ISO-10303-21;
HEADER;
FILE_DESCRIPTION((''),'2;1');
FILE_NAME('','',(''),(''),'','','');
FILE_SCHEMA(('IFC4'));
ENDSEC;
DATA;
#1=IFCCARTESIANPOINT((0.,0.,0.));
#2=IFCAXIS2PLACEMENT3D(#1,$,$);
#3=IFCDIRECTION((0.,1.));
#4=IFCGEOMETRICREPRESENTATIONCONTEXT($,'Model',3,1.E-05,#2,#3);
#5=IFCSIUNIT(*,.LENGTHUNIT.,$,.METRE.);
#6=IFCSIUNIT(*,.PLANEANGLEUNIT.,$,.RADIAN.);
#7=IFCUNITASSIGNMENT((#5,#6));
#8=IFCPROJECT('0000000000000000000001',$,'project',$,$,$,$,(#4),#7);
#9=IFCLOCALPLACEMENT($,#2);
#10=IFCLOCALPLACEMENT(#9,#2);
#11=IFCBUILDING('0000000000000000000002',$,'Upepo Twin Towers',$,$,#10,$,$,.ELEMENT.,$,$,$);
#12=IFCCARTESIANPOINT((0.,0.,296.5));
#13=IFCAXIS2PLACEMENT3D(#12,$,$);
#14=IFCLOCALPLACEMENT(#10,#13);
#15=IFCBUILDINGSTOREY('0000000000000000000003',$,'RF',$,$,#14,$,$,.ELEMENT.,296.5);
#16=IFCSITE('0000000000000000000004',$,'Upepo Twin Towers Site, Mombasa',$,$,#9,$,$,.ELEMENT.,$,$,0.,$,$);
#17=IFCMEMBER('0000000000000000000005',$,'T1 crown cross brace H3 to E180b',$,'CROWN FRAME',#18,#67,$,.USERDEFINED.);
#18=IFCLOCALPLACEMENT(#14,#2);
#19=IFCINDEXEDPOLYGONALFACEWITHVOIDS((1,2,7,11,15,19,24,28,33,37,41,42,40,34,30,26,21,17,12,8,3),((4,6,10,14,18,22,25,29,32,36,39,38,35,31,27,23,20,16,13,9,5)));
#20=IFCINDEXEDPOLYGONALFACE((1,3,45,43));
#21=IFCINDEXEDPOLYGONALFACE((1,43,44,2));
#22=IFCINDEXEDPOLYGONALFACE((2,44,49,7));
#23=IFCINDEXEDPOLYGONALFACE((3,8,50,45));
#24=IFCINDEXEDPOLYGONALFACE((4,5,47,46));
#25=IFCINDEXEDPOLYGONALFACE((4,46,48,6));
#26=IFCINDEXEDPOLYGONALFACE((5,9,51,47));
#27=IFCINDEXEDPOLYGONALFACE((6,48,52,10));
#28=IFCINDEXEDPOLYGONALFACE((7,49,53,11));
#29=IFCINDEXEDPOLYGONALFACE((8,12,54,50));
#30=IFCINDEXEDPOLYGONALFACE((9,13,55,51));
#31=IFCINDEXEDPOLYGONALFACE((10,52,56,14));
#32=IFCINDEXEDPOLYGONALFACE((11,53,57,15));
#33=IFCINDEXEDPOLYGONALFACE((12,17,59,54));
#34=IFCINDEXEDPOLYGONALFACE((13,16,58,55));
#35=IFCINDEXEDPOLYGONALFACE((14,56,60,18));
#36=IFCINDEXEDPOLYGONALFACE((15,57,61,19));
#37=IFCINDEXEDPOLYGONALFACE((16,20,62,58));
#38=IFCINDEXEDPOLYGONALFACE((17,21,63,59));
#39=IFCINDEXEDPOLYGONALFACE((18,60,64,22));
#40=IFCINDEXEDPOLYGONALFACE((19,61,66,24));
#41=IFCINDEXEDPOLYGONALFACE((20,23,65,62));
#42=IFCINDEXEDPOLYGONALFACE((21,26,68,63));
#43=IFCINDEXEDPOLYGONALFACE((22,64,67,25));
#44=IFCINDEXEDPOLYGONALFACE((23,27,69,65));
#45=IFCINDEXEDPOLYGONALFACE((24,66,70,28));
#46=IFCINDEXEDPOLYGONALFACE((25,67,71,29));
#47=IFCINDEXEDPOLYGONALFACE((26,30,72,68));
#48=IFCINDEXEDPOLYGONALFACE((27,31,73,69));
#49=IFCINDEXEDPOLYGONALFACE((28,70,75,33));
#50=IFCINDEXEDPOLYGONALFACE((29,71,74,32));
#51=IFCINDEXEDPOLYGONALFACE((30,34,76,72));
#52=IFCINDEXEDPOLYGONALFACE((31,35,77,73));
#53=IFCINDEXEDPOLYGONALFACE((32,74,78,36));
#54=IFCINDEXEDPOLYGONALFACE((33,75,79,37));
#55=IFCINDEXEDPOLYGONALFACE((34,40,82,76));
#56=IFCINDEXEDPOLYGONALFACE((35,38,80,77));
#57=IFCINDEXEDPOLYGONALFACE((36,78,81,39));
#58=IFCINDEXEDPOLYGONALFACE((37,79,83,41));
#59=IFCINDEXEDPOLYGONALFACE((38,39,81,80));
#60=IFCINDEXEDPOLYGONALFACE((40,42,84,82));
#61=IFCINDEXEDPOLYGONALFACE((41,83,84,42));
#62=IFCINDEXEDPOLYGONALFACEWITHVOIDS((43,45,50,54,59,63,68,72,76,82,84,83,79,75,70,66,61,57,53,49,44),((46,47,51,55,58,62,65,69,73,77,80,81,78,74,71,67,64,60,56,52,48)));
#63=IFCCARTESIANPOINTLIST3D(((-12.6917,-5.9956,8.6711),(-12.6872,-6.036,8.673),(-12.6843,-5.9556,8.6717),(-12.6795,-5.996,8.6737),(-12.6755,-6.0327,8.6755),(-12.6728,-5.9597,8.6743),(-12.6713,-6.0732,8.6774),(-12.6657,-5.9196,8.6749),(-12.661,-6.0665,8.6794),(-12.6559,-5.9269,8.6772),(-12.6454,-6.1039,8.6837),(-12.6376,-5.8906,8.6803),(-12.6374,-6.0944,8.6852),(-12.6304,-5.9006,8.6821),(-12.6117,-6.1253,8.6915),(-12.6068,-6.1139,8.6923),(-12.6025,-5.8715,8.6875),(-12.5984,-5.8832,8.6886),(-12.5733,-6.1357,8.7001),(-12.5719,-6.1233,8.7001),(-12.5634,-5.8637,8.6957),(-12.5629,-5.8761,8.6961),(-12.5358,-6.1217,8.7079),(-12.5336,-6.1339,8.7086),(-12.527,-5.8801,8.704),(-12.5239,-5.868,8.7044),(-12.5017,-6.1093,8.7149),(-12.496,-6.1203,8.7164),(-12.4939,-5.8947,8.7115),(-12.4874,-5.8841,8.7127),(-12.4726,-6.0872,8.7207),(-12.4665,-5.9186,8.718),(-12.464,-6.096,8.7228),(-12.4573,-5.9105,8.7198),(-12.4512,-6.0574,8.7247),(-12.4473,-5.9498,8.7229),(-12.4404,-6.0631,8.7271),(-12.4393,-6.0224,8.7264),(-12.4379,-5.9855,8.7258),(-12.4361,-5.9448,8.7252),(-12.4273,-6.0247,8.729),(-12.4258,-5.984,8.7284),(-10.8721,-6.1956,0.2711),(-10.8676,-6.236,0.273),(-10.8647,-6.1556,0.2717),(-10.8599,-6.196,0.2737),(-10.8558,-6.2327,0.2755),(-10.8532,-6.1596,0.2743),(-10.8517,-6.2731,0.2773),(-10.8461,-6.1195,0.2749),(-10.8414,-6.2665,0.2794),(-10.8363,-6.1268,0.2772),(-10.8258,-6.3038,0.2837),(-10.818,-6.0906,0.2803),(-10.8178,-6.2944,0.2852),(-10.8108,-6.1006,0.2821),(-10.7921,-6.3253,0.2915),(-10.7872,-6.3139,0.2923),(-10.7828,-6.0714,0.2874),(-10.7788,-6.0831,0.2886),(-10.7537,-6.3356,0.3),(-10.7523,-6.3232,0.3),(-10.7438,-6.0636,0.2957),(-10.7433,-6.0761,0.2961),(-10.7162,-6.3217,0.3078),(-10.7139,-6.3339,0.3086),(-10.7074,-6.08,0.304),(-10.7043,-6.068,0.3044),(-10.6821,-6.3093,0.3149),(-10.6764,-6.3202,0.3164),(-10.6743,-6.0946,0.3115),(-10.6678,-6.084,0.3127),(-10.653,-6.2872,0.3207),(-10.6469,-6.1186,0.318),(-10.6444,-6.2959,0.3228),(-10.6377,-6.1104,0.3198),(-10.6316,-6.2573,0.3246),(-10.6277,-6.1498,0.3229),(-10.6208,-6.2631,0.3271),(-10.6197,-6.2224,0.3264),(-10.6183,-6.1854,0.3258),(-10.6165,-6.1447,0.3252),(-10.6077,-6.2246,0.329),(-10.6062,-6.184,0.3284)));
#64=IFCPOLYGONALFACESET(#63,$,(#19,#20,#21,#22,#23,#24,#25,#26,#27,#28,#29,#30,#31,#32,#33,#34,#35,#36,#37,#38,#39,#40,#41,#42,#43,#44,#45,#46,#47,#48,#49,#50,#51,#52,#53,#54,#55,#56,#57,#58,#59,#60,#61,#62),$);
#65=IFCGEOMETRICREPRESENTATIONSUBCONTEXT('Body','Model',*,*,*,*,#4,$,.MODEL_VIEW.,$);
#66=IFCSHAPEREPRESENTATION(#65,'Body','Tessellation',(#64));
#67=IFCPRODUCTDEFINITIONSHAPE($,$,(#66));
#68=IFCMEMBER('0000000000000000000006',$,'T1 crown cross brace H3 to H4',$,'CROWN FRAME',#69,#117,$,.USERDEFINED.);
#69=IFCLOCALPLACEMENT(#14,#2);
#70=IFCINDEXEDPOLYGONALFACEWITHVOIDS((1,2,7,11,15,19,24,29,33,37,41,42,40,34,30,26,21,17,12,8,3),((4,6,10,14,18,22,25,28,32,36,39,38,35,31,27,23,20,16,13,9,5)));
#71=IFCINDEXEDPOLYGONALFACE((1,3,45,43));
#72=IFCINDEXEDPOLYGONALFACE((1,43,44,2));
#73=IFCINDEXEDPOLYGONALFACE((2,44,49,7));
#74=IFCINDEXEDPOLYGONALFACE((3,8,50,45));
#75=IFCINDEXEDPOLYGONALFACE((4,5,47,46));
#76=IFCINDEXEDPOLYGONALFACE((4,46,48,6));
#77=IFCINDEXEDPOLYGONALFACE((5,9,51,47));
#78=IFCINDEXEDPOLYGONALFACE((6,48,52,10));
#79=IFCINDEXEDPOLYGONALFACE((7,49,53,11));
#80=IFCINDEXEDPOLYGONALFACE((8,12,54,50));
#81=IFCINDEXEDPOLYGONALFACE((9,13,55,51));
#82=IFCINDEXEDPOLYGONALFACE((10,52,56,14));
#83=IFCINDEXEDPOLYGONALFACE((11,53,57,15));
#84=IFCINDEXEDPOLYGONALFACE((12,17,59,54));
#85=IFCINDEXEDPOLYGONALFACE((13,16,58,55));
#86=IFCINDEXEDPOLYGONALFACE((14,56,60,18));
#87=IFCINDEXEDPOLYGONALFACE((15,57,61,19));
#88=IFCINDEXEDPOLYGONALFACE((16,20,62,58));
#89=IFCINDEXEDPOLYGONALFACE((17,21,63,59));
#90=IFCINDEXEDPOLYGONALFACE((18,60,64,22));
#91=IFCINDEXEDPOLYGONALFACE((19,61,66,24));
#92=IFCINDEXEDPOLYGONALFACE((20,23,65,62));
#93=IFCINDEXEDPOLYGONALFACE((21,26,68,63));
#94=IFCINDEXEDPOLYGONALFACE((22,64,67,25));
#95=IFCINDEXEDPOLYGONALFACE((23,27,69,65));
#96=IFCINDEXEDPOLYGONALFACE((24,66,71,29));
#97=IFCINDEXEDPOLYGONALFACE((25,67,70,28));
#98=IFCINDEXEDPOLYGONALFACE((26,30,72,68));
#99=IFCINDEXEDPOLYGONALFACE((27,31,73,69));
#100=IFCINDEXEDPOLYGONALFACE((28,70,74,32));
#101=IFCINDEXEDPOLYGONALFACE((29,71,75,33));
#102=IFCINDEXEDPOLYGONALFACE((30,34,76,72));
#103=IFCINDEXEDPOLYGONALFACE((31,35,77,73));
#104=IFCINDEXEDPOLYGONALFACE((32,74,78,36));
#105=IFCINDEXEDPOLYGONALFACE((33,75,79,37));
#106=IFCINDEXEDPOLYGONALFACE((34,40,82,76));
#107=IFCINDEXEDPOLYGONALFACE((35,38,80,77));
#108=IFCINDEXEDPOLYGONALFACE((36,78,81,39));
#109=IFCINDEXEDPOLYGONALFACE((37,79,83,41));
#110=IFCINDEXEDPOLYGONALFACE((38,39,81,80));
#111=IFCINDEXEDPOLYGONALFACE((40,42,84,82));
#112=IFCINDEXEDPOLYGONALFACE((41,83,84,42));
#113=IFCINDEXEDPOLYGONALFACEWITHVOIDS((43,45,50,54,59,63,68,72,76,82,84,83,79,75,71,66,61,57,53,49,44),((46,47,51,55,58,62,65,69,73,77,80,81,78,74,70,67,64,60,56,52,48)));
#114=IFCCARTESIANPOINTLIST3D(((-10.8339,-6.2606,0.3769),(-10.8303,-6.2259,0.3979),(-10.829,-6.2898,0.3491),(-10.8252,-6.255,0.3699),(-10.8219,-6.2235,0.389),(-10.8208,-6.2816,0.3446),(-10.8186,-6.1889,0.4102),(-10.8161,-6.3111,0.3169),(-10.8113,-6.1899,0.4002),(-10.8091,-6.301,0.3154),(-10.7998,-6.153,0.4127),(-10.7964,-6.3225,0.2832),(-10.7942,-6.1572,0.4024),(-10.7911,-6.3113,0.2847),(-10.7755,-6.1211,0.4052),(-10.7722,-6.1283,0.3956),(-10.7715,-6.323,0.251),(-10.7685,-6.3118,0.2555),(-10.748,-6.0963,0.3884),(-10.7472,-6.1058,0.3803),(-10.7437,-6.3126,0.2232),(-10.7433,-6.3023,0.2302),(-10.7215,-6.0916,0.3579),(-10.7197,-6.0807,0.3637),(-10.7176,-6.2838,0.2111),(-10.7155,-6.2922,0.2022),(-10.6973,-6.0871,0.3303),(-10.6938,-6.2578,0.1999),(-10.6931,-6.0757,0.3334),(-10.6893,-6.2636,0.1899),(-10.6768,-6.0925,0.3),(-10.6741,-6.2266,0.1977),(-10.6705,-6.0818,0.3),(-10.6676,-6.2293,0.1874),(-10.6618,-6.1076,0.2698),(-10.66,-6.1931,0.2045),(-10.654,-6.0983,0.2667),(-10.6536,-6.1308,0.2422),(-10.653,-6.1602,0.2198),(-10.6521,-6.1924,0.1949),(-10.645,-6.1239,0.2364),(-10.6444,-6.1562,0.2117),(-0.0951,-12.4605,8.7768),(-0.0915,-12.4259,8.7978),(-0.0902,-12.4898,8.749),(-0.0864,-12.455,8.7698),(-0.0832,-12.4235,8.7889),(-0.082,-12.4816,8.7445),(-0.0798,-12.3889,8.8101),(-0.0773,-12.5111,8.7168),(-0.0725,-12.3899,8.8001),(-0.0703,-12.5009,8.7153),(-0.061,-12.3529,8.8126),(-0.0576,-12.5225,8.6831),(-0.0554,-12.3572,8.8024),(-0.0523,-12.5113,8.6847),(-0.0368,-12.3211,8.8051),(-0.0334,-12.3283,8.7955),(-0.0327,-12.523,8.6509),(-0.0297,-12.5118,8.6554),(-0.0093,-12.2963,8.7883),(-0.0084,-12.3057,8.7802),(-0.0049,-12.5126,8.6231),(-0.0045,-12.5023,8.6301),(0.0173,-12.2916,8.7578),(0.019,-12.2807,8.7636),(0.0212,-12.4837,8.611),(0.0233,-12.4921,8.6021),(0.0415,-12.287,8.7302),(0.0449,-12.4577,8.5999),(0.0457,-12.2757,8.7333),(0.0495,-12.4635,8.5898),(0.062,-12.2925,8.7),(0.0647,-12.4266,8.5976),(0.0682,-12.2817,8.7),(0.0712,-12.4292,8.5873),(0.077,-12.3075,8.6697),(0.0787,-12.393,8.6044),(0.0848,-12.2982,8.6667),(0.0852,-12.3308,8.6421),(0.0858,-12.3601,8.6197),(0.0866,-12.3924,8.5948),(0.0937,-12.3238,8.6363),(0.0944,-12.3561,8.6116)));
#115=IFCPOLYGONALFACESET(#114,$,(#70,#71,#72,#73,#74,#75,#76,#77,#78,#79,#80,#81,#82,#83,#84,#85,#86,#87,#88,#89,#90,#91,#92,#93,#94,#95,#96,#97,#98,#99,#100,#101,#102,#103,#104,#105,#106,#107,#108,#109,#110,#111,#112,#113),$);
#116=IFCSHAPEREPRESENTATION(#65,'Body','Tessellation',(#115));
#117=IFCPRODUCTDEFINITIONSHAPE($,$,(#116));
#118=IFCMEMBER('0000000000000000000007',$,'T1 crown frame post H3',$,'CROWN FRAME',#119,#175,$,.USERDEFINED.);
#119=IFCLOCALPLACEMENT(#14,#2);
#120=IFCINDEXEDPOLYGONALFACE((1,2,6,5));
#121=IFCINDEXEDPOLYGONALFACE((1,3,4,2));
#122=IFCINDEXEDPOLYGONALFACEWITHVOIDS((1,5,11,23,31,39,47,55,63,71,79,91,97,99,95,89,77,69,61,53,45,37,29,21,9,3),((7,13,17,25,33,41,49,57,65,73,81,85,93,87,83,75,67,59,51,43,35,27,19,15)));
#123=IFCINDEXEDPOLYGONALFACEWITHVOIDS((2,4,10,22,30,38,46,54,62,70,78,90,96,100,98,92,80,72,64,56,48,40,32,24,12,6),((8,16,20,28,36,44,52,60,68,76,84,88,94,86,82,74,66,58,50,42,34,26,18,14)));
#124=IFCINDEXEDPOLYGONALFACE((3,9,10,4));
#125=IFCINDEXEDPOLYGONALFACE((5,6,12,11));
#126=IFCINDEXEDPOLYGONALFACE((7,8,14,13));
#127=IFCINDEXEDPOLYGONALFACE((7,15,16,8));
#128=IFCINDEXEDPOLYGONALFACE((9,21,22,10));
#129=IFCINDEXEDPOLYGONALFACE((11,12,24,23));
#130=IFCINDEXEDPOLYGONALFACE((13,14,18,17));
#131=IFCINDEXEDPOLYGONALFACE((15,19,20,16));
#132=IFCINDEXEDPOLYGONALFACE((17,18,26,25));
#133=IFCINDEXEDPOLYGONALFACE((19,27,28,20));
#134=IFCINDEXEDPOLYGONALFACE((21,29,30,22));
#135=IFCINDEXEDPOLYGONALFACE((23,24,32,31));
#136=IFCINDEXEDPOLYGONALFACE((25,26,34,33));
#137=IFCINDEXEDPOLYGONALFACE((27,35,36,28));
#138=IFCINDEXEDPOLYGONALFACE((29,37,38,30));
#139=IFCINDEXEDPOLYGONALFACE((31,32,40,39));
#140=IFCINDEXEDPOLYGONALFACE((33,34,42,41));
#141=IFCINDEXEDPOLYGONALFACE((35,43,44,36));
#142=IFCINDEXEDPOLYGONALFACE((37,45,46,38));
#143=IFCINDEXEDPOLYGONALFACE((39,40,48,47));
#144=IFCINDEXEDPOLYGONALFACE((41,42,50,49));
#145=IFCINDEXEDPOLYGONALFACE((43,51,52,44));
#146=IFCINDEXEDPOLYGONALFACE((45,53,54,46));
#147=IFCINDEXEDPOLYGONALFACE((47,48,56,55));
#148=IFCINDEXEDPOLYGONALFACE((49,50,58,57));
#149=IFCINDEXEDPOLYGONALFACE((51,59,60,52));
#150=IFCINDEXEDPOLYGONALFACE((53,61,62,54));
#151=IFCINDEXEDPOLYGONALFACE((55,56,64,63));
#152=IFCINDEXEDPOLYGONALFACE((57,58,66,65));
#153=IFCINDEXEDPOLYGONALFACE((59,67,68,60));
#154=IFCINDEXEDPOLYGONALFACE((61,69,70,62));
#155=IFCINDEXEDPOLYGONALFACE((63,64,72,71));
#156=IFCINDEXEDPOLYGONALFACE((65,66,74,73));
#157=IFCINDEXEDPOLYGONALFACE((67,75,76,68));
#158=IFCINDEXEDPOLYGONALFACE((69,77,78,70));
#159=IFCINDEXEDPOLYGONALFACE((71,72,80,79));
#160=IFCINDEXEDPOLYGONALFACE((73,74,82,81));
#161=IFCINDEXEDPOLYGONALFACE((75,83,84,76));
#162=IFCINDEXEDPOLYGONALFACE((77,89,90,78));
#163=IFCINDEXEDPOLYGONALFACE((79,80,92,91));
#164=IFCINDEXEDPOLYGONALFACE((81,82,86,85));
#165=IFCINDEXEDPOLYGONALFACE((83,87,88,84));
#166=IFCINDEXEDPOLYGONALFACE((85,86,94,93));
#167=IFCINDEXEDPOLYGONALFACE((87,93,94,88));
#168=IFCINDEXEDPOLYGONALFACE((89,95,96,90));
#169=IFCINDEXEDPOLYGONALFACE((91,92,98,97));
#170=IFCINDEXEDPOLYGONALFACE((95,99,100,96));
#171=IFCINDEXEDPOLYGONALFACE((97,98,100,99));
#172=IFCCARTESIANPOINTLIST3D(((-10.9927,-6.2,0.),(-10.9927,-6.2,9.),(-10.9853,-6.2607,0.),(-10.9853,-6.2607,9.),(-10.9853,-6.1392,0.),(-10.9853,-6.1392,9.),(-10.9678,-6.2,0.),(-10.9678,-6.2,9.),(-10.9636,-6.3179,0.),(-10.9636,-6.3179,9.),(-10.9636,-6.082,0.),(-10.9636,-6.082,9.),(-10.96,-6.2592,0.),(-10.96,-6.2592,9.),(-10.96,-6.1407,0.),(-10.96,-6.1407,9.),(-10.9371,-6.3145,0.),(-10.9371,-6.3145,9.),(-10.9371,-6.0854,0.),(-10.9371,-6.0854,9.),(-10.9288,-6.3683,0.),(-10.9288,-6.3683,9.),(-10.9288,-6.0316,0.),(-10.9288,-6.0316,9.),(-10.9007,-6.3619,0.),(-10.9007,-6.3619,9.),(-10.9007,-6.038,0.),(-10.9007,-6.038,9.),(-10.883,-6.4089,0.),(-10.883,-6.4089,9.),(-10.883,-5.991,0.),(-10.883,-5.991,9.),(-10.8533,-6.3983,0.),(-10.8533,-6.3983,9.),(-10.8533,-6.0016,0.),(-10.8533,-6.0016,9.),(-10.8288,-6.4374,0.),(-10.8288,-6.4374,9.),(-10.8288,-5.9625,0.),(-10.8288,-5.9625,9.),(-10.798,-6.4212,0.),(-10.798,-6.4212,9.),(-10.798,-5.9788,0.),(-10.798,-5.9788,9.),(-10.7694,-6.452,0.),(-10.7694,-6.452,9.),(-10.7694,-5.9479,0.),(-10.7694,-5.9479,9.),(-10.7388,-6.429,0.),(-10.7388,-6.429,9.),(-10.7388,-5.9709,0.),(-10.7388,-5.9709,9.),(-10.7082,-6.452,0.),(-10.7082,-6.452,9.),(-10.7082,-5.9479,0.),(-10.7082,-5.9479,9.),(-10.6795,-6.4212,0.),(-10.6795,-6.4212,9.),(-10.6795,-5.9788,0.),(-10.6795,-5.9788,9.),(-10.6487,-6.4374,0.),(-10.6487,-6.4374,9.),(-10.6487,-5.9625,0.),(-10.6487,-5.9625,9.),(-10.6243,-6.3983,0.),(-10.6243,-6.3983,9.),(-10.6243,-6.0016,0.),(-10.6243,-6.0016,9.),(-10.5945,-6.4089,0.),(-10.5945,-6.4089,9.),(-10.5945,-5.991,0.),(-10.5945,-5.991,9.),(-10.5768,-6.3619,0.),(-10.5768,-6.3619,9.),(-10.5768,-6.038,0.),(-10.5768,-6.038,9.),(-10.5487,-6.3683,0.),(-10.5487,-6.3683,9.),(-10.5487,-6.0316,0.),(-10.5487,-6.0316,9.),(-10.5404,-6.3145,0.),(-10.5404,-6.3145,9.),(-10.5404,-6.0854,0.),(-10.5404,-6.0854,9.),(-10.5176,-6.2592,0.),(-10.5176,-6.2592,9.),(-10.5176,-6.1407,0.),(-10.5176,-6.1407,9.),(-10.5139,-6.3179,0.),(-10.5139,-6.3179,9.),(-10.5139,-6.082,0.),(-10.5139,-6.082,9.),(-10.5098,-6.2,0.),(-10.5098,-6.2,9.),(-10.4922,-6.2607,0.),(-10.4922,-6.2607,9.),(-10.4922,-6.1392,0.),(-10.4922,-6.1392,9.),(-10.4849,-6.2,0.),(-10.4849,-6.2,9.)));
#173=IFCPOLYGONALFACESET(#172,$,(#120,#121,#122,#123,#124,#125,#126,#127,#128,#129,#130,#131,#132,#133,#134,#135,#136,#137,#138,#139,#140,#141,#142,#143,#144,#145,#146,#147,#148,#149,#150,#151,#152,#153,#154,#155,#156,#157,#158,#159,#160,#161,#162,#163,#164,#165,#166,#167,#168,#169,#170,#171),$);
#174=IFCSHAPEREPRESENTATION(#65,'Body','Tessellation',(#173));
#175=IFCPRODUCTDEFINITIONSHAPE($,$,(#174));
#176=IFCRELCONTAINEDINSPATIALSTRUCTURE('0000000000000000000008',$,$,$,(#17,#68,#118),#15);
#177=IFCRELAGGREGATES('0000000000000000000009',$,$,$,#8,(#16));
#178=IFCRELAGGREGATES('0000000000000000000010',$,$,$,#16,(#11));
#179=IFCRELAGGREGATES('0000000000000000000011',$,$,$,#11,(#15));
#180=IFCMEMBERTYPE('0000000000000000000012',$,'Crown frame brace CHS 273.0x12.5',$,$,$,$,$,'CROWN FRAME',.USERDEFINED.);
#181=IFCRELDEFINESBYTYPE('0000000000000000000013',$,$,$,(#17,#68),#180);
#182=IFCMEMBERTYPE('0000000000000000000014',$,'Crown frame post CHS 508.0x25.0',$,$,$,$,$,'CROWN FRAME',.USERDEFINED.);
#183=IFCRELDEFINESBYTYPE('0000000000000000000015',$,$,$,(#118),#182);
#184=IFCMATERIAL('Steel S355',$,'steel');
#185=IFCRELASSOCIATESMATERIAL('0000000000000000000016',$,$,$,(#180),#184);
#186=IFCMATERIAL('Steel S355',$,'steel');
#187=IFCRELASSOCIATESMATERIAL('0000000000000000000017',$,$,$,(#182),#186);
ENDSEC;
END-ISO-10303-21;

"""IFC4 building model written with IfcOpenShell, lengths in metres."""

from ifc_helpers import new_model, si_unit, direction, frame, origin, origin_2d, place, context, subcontext, project, spatial, hollow_circle, extrude, material, material_profile, profile_set, type_object, element, save


model = new_model("IFC4")

# Units and contexts
model_context = context("Model", 3, precision=1e-05, world=origin(), true_north=direction((0.0, 1.0)))
body_context = subcontext(model_context, "Body", "Model", "MODEL_VIEW")
ifc_project = project(units=[si_unit("LENGTHUNIT", "METRE"), si_unit("PLANEANGLEUNIT", "RADIAN")], contexts=[model_context])

# Site, building, storey
site_placement = place(None, origin())
site = spatial("IfcSite", under=ifc_project, at=site_placement, Name="Upepo Twin Towers Site, Mombasa", CompositionType="ELEMENT", RefElevation=0.0)
building_placement = place(site_placement, origin())
building = spatial("IfcBuilding", under=site, at=building_placement, Name="Upepo Twin Towers", CompositionType="ELEMENT")
storey_placement = place(building_placement, frame((0.0, 0.0, 296.5)))
storey = spatial("IfcBuildingStorey", under=building, at=storey_placement, Name="RF", CompositionType="ELEMENT", Elevation=296.5)

# Members
ifc_material_1 = material(Name="Steel S355", Category="steel")
ifc_material_profile_1 = material_profile(ifc_material_1, hollow_circle(Radius=0.1365, WallThickness=0.0125, at=origin_2d()), Name="CHS 273.0x12.5")
ifc_profile_set_1 = profile_set([ifc_material_profile_1], Name="Steel S355")
member_type_1 = type_object("IfcMemberType", Name="Crown frame brace CHS 273.0x12.5", ElementType="CROWN FRAME", PredefinedType="USERDEFINED", material=ifc_profile_set_1)
for number, where, z_axis, x_axis, name in (
    (1, (-10.7388, -6.2, 0.3), (-0.211652, 0.023258, 0.977068), (-0.109231, -0.994016, 0.0), "T1 crown cross brace H3 to E180b"),
):
    element("IfcMember", number, at=place(storey_placement, frame(where, z_axis=z_axis, x_axis=x_axis)), inside=storey, type_object=member_type_1, Name=name, ObjectType="CROWN FRAME", PredefinedType="USERDEFINED", context=body_context, shape_type="SweptSolid", body=[
        extrude(hollow_circle(Radius=0.1365, WallThickness=0.0125, at=origin_2d()), origin(), (0.0, 0.0, 1.0), 8.5972),
    ])
member_1_placement = place(storey_placement, frame((-10.7388, -6.2, 0.3), z_axis=(0.717004, -0.413957, 0.560843), x_axis=(0.499995, 0.866028, 0.0)))
element("IfcMember", 2, at=member_1_placement, inside=storey, type_object=member_type_1, Name="T1 crown cross brace H3 to H4", ObjectType="CROWN FRAME", PredefinedType="USERDEFINED", context=body_context, shape_type="SweptSolid", body=[
    extrude(hollow_circle(Radius=0.1365, WallThickness=0.0125, at=origin_2d()), origin(), (0.0, 0.0, 1.0), 14.9773),
])
ifc_material_2 = material(Name="Steel S355", Category="steel")
ifc_material_profile_2 = material_profile(ifc_material_2, hollow_circle(Radius=0.2539, WallThickness=0.0249, at=origin_2d()), Name="CHS 508.0x25.0")
ifc_profile_set_2 = profile_set([ifc_material_profile_2], Name="Steel S355")
member_type_2 = type_object("IfcMemberType", Name="Crown frame post CHS 508.0x25.0", ElementType="CROWN FRAME", PredefinedType="USERDEFINED", material=ifc_profile_set_2)
member_2_placement = place(storey_placement, frame((-10.7388, -6.2, 0.0), z_axis=(0.0, 0.0, 1.0), x_axis=(1.0, 0.0, 0.0)))
element("IfcMember", 3, at=member_2_placement, inside=storey, type_object=member_type_2, Name="T1 crown frame post H3", ObjectType="CROWN FRAME", PredefinedType="USERDEFINED", context=body_context, shape_type="SweptSolid", body=[
    extrude(hollow_circle(Radius=0.2539, WallThickness=0.0249, at=origin_2d()), origin(), (0.0, 0.0, 1.0), 9.0),
])

save(model, "model.ifc")
